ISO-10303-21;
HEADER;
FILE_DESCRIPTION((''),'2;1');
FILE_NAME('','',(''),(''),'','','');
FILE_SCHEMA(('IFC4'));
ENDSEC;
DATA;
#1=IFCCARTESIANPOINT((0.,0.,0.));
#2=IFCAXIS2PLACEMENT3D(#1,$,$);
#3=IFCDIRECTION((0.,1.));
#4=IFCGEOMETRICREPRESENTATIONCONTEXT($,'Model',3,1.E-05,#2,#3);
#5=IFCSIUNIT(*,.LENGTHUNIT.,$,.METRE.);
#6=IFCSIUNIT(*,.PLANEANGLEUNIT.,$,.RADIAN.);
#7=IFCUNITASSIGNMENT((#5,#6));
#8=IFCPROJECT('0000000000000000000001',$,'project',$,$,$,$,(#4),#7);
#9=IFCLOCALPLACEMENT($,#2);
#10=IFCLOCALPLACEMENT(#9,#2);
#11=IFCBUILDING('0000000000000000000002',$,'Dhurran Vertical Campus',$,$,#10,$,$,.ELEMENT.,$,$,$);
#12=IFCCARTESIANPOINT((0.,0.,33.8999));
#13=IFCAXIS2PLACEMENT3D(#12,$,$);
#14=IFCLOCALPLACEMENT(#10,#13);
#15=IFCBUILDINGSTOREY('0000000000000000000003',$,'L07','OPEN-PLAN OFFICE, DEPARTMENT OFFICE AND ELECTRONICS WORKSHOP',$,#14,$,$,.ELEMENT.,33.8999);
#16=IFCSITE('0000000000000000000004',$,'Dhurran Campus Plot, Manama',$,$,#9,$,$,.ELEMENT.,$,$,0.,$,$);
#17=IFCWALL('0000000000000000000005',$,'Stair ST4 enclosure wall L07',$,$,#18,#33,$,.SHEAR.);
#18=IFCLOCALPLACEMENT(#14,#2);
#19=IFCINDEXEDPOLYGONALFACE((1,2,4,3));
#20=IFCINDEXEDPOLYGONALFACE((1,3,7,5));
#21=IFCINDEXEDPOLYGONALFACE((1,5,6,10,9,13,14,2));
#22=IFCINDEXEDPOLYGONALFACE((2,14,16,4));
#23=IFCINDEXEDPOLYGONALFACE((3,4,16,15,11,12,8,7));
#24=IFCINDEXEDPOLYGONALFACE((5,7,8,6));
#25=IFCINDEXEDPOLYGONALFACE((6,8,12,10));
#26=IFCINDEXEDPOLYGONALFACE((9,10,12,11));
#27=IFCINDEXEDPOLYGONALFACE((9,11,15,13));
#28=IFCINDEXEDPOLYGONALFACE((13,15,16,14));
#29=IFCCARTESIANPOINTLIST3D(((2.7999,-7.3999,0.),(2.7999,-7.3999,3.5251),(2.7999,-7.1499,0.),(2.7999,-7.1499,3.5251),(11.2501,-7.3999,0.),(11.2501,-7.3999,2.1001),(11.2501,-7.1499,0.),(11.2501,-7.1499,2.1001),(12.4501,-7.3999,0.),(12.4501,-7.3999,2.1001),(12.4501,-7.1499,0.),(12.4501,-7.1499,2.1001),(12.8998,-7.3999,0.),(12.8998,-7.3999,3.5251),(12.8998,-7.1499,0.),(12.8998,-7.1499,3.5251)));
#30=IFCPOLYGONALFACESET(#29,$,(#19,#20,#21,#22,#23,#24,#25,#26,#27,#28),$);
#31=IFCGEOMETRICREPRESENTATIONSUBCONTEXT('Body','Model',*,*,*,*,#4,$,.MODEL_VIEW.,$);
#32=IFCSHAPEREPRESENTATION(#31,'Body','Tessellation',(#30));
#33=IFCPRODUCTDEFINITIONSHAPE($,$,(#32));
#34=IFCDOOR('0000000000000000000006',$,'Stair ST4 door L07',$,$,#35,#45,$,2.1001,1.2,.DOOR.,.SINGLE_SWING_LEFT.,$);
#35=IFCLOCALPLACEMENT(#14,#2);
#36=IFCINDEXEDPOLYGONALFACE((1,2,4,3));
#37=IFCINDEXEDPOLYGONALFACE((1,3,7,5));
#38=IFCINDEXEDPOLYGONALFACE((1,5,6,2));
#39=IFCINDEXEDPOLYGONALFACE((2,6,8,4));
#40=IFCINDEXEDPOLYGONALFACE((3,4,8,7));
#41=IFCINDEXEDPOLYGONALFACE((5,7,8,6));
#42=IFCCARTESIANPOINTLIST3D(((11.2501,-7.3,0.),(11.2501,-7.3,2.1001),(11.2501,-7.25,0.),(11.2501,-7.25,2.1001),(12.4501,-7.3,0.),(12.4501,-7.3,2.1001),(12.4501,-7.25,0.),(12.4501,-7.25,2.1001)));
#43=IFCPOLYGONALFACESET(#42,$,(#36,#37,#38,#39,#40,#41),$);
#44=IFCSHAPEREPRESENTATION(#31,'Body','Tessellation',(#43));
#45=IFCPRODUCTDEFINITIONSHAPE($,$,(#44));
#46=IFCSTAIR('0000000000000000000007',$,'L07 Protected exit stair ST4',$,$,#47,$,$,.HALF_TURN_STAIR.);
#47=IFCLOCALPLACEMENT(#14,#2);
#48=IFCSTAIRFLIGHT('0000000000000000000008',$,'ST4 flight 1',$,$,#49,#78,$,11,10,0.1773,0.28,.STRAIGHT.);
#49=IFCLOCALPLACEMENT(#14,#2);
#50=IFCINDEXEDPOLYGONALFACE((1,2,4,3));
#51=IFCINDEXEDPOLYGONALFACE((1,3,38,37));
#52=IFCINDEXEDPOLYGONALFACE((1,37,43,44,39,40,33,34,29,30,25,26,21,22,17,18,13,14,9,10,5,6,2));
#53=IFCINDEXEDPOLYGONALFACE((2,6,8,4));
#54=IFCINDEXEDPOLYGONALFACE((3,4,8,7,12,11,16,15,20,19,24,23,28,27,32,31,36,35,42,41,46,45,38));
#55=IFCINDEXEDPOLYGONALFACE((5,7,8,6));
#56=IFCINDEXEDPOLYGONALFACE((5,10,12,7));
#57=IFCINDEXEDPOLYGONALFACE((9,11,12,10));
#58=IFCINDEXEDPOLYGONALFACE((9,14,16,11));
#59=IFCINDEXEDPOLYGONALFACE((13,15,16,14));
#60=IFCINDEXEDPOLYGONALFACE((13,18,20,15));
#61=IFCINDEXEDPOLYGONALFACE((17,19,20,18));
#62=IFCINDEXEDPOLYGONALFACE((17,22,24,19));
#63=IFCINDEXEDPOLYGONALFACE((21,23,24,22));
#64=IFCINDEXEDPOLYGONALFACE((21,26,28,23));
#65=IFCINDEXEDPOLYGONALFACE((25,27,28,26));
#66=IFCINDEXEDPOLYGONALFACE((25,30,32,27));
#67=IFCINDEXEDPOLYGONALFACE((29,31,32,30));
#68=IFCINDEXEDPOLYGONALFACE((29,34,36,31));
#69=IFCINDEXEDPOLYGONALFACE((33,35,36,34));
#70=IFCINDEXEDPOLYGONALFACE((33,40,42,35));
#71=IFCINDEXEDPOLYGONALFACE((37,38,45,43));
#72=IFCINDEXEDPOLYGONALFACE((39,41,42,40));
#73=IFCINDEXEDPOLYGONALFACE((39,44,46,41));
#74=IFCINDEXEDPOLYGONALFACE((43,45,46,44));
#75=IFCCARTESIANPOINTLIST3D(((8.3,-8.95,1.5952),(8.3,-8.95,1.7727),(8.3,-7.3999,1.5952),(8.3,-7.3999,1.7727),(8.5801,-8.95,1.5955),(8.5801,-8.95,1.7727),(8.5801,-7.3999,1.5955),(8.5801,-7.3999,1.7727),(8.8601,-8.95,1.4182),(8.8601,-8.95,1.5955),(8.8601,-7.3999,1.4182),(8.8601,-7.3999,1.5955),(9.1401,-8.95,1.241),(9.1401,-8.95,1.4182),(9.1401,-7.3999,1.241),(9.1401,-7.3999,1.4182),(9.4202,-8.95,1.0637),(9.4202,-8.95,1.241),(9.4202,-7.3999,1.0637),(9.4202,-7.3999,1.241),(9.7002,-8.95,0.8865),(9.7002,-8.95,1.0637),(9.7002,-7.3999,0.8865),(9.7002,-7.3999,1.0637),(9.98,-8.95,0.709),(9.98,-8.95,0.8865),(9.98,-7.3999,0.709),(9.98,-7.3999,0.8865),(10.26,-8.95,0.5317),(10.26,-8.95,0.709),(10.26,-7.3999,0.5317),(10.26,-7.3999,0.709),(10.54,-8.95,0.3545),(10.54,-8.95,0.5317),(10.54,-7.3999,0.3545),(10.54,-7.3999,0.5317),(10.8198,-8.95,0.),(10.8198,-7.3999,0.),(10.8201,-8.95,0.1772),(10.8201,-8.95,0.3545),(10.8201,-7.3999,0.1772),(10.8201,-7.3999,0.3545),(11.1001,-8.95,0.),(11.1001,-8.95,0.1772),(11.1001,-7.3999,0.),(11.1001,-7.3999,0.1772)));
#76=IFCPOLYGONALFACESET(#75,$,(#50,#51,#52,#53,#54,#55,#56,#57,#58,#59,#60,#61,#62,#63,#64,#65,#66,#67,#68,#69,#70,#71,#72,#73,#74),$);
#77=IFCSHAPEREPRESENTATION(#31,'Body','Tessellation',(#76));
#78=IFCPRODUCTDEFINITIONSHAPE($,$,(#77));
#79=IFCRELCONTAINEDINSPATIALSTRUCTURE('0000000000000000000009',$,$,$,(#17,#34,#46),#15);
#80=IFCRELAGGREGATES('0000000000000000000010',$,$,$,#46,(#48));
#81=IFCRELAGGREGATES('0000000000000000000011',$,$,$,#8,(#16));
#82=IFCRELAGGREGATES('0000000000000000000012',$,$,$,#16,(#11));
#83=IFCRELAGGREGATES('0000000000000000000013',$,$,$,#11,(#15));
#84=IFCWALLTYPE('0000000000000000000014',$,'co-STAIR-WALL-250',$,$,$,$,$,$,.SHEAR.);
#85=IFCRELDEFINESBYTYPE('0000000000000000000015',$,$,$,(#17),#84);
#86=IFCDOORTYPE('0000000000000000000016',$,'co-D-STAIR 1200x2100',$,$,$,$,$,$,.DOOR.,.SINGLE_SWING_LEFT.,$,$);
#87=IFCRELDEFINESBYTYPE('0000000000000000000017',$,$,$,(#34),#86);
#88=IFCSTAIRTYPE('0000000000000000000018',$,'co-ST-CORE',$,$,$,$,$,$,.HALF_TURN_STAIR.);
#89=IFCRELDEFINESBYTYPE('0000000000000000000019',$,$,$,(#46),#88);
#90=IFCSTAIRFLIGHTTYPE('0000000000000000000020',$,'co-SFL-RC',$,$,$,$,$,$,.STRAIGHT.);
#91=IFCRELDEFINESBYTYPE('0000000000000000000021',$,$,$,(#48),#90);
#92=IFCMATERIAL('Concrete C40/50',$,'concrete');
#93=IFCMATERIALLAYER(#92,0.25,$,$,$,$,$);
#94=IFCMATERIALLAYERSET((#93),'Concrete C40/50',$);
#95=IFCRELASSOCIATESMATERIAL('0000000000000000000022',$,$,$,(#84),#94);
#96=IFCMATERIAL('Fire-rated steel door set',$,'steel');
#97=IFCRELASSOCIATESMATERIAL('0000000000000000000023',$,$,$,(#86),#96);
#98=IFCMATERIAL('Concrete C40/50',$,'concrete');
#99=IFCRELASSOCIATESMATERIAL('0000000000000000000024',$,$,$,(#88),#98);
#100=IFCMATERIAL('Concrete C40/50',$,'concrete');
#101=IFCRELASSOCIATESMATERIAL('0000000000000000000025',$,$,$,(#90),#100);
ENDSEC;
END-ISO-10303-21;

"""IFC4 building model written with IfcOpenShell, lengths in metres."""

from ifc_helpers import new_model, si_unit, direction, frame, frame_2d, origin, place, context, subcontext, project, spatial, polyline, rectangle, outline, extrude, material, layer, layer_set, type_object, element, fill, aggregate, save


model = new_model("IFC4")

# Units and contexts
model_context = context("Model", 3, precision=1e-05, world=origin(), true_north=direction((0.0, 1.0)))
body_context = subcontext(model_context, "Body", "Model", "MODEL_VIEW")
ifc_project = project(units=[si_unit("LENGTHUNIT", "METRE"), si_unit("PLANEANGLEUNIT", "RADIAN")], contexts=[model_context])

# Site, building, storey
site_placement = place(None, origin())
site = spatial("IfcSite", under=ifc_project, at=site_placement, Name="Dhurran Campus Plot, Manama", CompositionType="ELEMENT", RefElevation=0.0)
building_placement = place(site_placement, origin())
building = spatial("IfcBuilding", under=site, at=building_placement, Name="Dhurran Vertical Campus", CompositionType="ELEMENT")
storey_placement = place(building_placement, frame((0.0, 0.0, 33.8999)))
storey = spatial("IfcBuildingStorey", under=building, at=storey_placement, Name="L07", Description="OPEN-PLAN OFFICE, DEPARTMENT OFFICE AND ELECTRONICS WORKSHOP", CompositionType="ELEMENT", Elevation=33.8999)

# Wall, opening, door
ifc_material_1 = material(Name="Concrete C40/50", Category="concrete")
ifc_layer_1 = layer(ifc_material_1, 0.25)
ifc_layer_set_1 = layer_set([ifc_layer_1], Name="Concrete C40/50")
wall_type_1 = type_object("IfcWallType", Name="co-STAIR-WALL-250", PredefinedType="SHEAR", material=ifc_layer_set_1)
wall_1_placement = place(storey_placement, frame((2.8, -7.2749, 0.0), z_axis=(0.0, 0.0, 1.0), x_axis=(1.0, 0.0, 0.0)))
wall_1 = element("IfcWall", 1, at=wall_1_placement, inside=storey, type_object=wall_type_1, Name="Stair ST4 enclosure wall L07", PredefinedType="SHEAR", context=body_context, shape_type="SweptSolid", body=[
    extrude(rectangle(XDim=10.0999, YDim=0.25, at=frame_2d((5.0498, 0.0))), origin(), (0.0, 0.0, 1.0), 3.5251),
])
opening_1_placement = place(wall_1_placement, frame((8.45, 0.0, 0.0)))
opening_1 = element("IfcOpeningElement", 2, at=opening_1_placement, cuts=wall_1, PredefinedType="OPENING", context=body_context, shape_type="SweptSolid", body=[
    extrude(rectangle(XDim=1.2, YDim=2.1001, at=frame_2d((0.6001, 1.05))), frame((0.0, 0.135, 0.0), z_axis=(0.0, -1.0, 0.0), x_axis=(1.0, 0.0, 0.0)), (0.0, 0.0, 1.0), 0.27),
])
ifc_material_2 = material(Name="Fire-rated steel door set", Category="steel")
door_type_1 = type_object("IfcDoorType", Name="co-D-STAIR 1200x2100", OperationType="SINGLE_SWING_LEFT", PredefinedType="DOOR", material=ifc_material_2)
door_1_placement = place(opening_1_placement, origin())
door_1 = element("IfcDoor", 3, at=door_1_placement, inside=storey, type_object=door_type_1, Name="Stair ST4 door L07", OperationType="SINGLE_SWING_LEFT", OverallHeight=2.1001, OverallWidth=1.2, PredefinedType="DOOR", context=body_context, shape_type="SweptSolid", body=[
    extrude(rectangle(XDim=1.2, YDim=2.1001, at=frame_2d((0.6001, 1.05))), frame((0.0, 0.0249, 0.0), z_axis=(0.0, -1.0, 0.0), x_axis=(1.0, 0.0, 0.0)), (0.0, 0.0, 1.0), 0.05),
])
fill(opening_1, door_1)

# Stair, stair flight
ifc_material_3 = material(Name="Concrete C40/50", Category="concrete")
stair_type = type_object("IfcStairType", Name="co-ST-CORE", PredefinedType="HALF_TURN_STAIR", material=ifc_material_3)
stair_placement = place(storey_placement, origin())
stair = element("IfcStair", 4, at=stair_placement, inside=storey, type_object=stair_type, Name="L07 Protected exit stair ST4", PredefinedType="HALF_TURN_STAIR")
ifc_material_4 = material(Name="Concrete C40/50", Category="concrete")
stair_flight_type = type_object("IfcStairFlightType", Name="co-SFL-RC", PredefinedType="STRAIGHT", material=ifc_material_4)
stair_flight_placement = place(storey_placement, frame((11.1001, -8.175, 0.0), z_axis=(0.0, 0.0, 1.0), x_axis=(-1.0, 0.0, 0.0)))
stair_flight = element("IfcStairFlight", 5, at=stair_flight_placement, type_object=stair_flight_type, Name="ST4 flight 1", NumberOfRisers=11, NumberOfTreads=10, PredefinedType="STRAIGHT", RiserHeight=0.1773, TreadLength=0.28, context=body_context, shape_type="SweptSolid", body=[
    extrude(outline(polyline([(0.0, 0.0), (0.0, 0.1772), (0.28, 0.1772), (0.28, 0.3545), (0.5601, 0.3545), (0.5601, 0.5317), (0.8401, 0.5317), (0.8401, 0.709), (1.1201, 0.709), (1.1201, 0.8865), (1.3999, 0.8865), (1.3999, 1.0637), (1.6799, 1.0637), (1.6799, 1.241), (1.96, 1.241), (1.96, 1.4182), (2.24, 1.4182), (2.24, 1.5955), (2.52, 1.5955), (2.52, 1.7727), (2.8, 1.7727), (2.8, 1.95), (2.8, 1.5952), (0.2803, 0.0), (0.0, 0.0)])), frame((0.0, 0.7749, 0.0), z_axis=(0.0, -1.0, 0.0), x_axis=(1.0, 0.0, 0.0)), (0.0, 0.0, 1.0), 1.55),
])
aggregate(stair, [stair_flight])

save(model, "model.ifc")
